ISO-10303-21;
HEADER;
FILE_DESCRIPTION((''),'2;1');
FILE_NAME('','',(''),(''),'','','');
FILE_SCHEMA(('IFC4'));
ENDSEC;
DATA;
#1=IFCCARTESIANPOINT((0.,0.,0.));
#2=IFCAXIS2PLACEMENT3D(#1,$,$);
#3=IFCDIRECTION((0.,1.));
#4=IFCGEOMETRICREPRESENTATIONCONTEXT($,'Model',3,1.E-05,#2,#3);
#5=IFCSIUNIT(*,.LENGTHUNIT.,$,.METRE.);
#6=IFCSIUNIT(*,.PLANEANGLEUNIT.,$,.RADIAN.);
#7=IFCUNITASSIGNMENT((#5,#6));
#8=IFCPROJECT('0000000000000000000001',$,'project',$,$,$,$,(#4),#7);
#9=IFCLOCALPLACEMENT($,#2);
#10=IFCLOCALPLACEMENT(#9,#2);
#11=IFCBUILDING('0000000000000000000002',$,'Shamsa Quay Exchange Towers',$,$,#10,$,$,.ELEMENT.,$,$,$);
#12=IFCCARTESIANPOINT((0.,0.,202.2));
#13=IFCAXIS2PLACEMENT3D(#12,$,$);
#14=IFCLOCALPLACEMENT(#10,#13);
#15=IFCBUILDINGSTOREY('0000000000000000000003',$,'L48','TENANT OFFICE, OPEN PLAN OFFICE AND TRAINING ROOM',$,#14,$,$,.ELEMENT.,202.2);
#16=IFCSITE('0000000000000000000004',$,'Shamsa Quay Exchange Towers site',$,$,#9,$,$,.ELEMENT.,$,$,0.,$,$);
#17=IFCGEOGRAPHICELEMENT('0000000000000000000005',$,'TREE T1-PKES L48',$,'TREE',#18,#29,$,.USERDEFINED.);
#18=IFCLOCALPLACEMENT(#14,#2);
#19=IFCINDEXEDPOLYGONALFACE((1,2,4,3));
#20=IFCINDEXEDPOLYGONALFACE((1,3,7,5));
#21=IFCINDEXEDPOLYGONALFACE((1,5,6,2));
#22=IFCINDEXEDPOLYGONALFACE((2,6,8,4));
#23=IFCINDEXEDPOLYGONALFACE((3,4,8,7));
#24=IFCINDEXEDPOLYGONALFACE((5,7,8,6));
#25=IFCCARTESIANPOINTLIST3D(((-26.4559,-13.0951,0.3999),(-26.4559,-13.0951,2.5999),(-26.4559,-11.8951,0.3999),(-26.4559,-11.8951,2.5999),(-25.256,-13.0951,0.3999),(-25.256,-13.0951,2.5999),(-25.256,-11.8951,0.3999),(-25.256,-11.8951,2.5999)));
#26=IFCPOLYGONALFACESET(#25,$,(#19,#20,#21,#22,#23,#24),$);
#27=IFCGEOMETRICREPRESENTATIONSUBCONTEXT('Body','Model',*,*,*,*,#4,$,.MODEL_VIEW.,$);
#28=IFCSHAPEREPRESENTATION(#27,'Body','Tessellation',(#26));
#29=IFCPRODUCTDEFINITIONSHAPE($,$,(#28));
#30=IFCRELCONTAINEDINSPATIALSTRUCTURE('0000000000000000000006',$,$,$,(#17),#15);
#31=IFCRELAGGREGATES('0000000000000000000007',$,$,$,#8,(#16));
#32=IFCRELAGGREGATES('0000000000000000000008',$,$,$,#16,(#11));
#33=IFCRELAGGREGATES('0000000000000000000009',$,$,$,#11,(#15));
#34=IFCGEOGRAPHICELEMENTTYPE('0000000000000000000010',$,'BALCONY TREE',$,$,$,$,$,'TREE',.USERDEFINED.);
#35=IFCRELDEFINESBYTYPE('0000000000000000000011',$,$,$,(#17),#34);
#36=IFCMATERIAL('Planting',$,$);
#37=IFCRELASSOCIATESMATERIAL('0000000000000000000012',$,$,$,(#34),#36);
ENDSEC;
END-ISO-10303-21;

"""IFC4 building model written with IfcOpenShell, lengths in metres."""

from ifc_helpers import new_model, si_unit, direction, frame, origin, origin_2d, place, context, subcontext, project, spatial, rectangle, extrude, material, type_object, element, save


model = new_model("IFC4")

# Units and contexts
model_context = context("Model", 3, precision=1e-05, world=origin(), true_north=direction((0.0, 1.0)))
body_context = subcontext(model_context, "Body", "Model", "MODEL_VIEW")
ifc_project = project(units=[si_unit("LENGTHUNIT", "METRE"), si_unit("PLANEANGLEUNIT", "RADIAN")], contexts=[model_context])

# Site, building, storey
site_placement = place(None, origin())
site = spatial("IfcSite", under=ifc_project, at=site_placement, Name="Shamsa Quay Exchange Towers site", CompositionType="ELEMENT", RefElevation=0.0)
building_placement = place(site_placement, origin())
building = spatial("IfcBuilding", under=site, at=building_placement, Name="Shamsa Quay Exchange Towers", CompositionType="ELEMENT")
storey_placement = place(building_placement, frame((0.0, 0.0, 202.2)))
storey = spatial("IfcBuildingStorey", under=building, at=storey_placement, Name="L48", Description="TENANT OFFICE, OPEN PLAN OFFICE AND TRAINING ROOM", CompositionType="ELEMENT", Elevation=202.2)

# Geographic element
ifc_material_1 = material(Name="Planting")
geographic_element_type = type_object("IfcGeographicElementType", Name="BALCONY TREE", ElementType="TREE", PredefinedType="USERDEFINED", material=ifc_material_1)
geographic_element_placement = place(storey_placement, frame((-25.856, -12.4951, 0.3999)))
element("IfcGeographicElement", 1, at=geographic_element_placement, inside=storey, type_object=geographic_element_type, Name="TREE T1-PKES L48", ObjectType="TREE", PredefinedType="USERDEFINED", context=body_context, shape_type="SweptSolid", body=[
    extrude(rectangle(XDim=1.2, YDim=1.2, at=origin_2d()), origin(), (0.0, 0.0, 1.0), 2.2),
])

save(model, "model.ifc")
